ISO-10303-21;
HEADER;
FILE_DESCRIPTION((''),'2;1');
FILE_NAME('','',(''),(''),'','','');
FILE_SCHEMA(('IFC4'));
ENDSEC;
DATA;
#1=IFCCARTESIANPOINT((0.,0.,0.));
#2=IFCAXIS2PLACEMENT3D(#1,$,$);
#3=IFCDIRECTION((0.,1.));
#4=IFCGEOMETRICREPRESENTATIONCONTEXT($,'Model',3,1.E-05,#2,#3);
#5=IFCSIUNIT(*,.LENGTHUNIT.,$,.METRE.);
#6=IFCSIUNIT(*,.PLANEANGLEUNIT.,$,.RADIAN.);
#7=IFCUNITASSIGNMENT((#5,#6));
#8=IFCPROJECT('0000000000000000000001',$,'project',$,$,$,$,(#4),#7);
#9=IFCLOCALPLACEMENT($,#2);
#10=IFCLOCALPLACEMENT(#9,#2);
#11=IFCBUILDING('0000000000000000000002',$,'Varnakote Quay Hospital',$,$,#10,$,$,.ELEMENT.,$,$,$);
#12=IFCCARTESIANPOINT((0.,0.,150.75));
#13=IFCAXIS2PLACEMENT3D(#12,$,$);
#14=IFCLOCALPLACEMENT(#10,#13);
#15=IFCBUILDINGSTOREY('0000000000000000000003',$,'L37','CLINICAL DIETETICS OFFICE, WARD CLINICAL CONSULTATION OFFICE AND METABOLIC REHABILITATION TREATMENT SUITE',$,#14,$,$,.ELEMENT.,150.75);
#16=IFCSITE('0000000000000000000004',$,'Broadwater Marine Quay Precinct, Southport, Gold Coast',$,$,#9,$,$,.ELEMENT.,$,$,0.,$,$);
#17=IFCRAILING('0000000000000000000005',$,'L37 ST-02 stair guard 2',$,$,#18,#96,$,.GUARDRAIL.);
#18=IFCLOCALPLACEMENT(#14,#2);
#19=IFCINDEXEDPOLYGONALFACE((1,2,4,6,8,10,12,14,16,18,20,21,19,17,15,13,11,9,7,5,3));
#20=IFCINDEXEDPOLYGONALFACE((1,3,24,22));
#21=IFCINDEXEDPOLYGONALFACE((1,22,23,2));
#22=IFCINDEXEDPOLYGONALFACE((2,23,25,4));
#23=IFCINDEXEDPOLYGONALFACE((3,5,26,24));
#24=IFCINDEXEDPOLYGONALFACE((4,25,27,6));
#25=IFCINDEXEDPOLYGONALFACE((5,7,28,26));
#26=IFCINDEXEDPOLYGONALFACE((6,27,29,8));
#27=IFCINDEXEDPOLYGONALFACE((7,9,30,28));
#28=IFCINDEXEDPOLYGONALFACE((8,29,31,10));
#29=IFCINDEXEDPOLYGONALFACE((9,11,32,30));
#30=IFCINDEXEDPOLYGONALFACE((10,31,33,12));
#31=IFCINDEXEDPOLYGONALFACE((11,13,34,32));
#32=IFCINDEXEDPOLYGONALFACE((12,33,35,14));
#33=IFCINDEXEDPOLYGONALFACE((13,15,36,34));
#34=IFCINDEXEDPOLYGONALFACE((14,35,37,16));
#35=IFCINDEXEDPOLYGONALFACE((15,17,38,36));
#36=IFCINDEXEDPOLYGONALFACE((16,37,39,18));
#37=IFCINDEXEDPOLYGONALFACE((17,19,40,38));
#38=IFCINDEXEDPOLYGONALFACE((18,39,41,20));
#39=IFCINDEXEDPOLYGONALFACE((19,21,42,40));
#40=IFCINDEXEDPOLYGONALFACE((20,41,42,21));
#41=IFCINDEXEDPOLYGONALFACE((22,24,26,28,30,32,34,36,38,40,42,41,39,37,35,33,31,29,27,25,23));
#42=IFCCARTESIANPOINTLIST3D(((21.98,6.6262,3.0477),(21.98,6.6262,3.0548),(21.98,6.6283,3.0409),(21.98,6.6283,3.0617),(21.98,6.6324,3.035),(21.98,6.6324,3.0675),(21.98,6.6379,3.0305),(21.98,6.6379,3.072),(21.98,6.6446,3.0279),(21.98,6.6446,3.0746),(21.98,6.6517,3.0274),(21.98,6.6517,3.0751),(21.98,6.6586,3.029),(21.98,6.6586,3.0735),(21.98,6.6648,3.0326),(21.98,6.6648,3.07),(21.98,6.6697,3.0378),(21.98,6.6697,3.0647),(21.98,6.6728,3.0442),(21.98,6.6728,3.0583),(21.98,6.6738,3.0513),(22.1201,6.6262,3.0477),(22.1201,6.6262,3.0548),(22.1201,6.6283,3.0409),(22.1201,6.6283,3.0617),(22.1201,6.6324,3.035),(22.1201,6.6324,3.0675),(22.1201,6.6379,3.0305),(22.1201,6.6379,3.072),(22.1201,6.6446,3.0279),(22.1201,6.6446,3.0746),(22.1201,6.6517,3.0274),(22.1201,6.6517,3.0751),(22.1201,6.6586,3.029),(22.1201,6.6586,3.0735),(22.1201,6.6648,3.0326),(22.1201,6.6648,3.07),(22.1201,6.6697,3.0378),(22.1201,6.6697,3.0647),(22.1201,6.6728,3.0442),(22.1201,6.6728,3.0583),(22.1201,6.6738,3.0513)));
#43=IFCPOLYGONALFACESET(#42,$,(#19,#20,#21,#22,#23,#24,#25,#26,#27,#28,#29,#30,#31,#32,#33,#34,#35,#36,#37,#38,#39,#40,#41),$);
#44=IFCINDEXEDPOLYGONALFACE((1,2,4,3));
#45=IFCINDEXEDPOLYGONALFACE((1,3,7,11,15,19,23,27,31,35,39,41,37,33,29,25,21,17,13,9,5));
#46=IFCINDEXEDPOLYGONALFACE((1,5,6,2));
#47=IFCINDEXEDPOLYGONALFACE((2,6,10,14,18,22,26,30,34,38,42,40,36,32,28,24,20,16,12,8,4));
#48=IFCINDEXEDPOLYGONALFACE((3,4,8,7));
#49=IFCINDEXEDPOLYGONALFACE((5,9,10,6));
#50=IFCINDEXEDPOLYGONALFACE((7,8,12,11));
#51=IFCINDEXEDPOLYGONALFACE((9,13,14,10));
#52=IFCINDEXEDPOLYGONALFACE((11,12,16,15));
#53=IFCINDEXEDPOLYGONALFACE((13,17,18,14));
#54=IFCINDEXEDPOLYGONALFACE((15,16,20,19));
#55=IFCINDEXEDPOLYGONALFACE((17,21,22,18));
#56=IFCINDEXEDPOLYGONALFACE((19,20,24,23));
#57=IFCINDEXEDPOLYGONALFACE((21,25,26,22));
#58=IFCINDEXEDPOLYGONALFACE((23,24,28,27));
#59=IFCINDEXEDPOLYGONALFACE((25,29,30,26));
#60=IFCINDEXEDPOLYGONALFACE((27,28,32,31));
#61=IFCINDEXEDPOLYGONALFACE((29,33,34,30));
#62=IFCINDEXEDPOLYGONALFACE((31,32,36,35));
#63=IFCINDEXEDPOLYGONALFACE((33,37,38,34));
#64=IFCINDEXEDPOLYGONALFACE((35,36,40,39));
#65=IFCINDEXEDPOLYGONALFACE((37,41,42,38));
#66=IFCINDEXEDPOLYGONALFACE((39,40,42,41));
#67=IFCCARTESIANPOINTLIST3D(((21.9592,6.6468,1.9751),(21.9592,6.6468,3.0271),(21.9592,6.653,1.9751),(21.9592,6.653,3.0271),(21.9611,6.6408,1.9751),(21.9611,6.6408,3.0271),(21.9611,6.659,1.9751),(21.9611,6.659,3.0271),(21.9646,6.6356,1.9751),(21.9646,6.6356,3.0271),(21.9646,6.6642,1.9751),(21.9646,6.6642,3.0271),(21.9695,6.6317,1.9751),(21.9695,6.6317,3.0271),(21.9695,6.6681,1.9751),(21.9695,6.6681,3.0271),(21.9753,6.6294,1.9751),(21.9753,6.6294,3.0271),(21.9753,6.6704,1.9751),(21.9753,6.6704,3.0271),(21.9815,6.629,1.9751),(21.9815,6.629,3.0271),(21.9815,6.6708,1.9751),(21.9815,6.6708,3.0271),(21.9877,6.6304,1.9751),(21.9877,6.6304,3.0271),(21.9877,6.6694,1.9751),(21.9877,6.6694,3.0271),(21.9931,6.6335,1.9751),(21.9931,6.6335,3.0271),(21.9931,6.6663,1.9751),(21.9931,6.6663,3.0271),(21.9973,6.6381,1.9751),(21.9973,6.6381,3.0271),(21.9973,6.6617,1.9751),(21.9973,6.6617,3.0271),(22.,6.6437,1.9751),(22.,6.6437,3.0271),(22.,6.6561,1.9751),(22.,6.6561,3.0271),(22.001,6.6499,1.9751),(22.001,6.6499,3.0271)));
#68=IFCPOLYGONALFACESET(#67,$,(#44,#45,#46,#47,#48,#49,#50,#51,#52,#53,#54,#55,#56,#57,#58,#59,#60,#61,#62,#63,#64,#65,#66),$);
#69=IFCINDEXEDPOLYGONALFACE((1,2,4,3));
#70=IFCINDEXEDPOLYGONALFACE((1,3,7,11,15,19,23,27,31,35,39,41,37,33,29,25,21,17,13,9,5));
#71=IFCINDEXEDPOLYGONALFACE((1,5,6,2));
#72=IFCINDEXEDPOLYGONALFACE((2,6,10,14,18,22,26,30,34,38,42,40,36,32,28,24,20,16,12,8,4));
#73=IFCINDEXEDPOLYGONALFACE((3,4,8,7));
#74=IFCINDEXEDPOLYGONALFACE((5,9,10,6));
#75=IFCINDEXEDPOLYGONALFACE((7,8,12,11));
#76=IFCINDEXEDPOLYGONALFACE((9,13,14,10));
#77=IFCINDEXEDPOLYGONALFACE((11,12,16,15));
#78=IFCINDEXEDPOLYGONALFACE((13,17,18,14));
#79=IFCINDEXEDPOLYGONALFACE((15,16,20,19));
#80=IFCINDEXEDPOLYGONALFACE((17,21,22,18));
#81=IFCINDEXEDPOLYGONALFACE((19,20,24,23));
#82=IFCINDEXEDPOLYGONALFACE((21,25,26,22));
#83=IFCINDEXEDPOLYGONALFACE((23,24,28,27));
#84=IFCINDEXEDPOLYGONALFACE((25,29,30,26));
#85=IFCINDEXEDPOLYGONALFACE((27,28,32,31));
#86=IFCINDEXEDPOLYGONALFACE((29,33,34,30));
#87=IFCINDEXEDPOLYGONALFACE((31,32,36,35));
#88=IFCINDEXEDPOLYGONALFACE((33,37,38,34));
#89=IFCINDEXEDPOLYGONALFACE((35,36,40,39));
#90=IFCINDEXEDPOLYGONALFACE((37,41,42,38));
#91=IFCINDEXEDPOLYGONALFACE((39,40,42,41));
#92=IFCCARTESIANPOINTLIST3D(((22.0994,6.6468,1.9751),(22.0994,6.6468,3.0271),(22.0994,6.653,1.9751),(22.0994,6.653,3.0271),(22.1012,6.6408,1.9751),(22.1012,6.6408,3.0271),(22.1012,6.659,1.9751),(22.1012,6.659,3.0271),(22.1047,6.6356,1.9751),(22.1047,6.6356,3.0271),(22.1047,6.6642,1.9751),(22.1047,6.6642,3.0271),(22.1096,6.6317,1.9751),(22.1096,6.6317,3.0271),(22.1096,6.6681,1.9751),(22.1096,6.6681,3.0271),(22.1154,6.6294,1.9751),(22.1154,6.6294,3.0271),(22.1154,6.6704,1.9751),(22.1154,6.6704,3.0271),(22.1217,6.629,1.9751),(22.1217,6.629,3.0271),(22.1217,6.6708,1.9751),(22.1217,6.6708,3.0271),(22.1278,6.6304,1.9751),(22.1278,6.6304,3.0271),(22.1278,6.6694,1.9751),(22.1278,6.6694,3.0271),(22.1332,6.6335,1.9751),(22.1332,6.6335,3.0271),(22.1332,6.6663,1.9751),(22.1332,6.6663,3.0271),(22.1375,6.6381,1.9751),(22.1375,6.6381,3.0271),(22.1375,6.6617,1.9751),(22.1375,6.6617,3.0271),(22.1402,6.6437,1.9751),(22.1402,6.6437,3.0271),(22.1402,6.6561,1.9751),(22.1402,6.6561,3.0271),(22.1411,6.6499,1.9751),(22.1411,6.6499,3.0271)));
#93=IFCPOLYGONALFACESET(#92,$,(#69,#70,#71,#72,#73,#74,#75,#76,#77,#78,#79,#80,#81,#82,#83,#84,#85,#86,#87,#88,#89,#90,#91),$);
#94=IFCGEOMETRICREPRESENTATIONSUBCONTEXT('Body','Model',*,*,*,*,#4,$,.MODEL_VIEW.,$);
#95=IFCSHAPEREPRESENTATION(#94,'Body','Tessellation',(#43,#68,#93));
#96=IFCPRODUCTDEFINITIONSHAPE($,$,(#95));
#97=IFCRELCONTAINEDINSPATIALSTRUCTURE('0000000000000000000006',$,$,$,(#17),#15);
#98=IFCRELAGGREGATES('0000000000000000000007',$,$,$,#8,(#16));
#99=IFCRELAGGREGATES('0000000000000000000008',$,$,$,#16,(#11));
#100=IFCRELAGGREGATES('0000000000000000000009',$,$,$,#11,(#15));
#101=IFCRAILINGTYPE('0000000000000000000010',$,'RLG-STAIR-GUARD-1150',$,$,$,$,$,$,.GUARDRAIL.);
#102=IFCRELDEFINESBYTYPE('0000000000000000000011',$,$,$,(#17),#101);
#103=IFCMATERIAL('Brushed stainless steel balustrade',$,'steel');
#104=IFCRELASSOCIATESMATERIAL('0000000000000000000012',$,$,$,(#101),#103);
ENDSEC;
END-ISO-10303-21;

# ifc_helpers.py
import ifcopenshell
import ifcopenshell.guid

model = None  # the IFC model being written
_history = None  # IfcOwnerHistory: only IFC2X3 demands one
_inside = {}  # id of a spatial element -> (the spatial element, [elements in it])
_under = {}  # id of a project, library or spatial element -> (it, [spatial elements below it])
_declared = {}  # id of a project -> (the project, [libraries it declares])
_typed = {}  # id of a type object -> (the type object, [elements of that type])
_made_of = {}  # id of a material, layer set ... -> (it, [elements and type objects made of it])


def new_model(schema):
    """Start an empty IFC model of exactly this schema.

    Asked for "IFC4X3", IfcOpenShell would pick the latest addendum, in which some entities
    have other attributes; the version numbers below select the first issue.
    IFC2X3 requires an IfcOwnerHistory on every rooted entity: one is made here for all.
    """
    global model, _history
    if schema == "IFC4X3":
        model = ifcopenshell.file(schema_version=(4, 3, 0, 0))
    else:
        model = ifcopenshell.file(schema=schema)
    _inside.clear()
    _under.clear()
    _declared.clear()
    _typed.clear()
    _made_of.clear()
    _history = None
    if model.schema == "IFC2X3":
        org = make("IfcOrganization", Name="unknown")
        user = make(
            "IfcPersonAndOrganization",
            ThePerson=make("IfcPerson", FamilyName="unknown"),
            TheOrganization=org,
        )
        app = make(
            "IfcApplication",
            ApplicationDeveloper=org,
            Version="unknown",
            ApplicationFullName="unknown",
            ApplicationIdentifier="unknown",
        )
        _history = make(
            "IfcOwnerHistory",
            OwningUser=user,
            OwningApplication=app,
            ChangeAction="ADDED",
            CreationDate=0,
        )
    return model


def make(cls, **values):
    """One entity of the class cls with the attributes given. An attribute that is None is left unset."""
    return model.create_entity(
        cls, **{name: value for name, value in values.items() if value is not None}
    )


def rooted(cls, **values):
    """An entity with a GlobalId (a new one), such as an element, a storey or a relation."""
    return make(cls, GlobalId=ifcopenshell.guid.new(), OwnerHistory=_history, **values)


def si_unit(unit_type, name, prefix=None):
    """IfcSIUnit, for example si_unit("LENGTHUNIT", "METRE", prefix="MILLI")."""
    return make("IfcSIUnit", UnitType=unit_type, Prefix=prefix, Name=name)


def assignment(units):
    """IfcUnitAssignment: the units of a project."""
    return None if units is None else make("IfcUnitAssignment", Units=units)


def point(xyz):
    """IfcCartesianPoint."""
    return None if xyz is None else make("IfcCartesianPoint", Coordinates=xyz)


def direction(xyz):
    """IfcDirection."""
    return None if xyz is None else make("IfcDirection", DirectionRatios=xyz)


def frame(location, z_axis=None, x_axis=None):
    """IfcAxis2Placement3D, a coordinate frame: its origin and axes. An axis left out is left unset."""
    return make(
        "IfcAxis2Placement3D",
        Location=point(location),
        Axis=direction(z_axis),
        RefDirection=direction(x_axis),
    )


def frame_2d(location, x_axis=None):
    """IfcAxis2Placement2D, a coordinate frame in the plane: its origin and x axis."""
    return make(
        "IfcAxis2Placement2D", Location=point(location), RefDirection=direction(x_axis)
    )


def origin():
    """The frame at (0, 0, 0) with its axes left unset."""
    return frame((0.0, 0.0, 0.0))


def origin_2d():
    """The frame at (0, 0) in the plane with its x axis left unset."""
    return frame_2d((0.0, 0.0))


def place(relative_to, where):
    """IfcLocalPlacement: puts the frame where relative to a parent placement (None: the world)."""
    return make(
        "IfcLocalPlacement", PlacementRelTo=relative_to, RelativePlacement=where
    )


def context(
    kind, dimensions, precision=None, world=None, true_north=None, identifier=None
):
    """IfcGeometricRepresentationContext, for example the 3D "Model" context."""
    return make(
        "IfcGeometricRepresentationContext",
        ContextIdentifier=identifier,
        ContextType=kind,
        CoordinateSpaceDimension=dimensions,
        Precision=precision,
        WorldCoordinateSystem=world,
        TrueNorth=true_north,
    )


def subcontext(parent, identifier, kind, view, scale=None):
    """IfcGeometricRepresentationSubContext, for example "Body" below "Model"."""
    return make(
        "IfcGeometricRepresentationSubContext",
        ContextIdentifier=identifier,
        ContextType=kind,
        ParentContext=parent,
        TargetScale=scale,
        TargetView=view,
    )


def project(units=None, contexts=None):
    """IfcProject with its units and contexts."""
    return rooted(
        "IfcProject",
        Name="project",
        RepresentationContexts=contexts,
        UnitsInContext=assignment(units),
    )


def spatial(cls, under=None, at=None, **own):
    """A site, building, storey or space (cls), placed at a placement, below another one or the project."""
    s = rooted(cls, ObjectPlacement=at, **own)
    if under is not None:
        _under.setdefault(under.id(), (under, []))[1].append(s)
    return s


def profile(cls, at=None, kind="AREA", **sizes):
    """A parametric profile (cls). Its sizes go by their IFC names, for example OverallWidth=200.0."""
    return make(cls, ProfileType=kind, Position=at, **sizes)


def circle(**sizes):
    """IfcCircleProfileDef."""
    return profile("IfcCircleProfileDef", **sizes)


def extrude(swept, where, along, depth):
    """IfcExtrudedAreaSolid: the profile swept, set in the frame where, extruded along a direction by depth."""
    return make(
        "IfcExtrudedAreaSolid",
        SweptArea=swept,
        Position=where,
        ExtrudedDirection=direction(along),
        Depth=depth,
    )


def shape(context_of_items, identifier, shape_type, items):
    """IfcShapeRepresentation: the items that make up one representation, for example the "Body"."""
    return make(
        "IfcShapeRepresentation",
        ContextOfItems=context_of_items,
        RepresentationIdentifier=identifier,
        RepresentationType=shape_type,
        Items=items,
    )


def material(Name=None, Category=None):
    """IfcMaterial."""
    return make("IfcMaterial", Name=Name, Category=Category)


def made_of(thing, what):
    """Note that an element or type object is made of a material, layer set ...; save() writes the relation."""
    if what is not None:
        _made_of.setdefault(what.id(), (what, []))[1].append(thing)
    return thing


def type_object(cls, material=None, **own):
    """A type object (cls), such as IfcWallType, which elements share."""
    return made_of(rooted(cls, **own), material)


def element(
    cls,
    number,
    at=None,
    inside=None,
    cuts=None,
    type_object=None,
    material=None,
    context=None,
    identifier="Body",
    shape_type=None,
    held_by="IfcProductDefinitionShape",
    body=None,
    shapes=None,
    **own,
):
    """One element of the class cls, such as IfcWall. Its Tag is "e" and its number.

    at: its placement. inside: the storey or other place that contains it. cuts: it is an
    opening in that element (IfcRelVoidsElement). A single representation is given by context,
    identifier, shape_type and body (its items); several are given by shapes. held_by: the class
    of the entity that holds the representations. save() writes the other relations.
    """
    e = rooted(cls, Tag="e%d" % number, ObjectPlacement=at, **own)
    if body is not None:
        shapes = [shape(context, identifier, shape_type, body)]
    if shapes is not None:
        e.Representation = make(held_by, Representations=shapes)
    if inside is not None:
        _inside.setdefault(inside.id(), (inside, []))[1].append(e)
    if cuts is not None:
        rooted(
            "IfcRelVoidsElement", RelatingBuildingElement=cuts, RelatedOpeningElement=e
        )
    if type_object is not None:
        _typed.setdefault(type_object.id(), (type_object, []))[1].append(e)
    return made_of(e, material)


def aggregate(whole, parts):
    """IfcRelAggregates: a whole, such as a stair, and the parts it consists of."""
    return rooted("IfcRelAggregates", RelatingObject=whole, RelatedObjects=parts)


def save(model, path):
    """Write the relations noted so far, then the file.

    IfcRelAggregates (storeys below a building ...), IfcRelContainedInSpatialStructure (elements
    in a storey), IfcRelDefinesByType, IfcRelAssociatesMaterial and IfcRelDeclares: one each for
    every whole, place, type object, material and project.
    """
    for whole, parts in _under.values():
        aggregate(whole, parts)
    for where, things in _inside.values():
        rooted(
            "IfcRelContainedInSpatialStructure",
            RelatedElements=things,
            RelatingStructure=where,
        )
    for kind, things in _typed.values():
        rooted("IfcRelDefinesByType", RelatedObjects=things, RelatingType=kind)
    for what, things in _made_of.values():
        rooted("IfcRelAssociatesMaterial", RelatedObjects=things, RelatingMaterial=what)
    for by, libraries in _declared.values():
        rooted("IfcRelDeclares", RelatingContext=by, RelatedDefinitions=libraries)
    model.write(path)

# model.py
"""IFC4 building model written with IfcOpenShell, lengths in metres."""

from ifc_helpers import new_model, si_unit, direction, frame, origin, origin_2d, place, context, subcontext, project, spatial, circle, extrude, material, type_object, element, save


model = new_model("IFC4")

# Units and contexts
model_context = context("Model", 3, precision=1e-05, world=origin(), true_north=direction((0.0, 1.0)))
body_context = subcontext(model_context, "Body", "Model", "MODEL_VIEW")
ifc_project = project(units=[si_unit("LENGTHUNIT", "METRE"), si_unit("PLANEANGLEUNIT", "RADIAN")], contexts=[model_context])

# Site, building, storey
site_placement = place(None, origin())
site = spatial("IfcSite", under=ifc_project, at=site_placement, Name="Broadwater Marine Quay Precinct, Southport, Gold Coast", CompositionType="ELEMENT", RefElevation=0.0)
building_placement = place(site_placement, origin())
building = spatial("IfcBuilding", under=site, at=building_placement, Name="Varnakote Quay Hospital", CompositionType="ELEMENT")
storey_placement = place(building_placement, frame((0.0, 0.0, 150.75)))
storey = spatial("IfcBuildingStorey", under=building, at=storey_placement, Name="L37", Description="CLINICAL DIETETICS OFFICE, WARD CLINICAL CONSULTATION OFFICE AND METABOLIC REHABILITATION TREATMENT SUITE", CompositionType="ELEMENT", Elevation=150.75)

# Railing
ifc_material_1 = material(Name="Brushed stainless steel balustrade", Category="steel")
railing_type_1 = type_object("IfcRailingType", Name="RLG-STAIR-GUARD-1150", PredefinedType="GUARDRAIL", material=ifc_material_1)
railing_1_placement = place(storey_placement, frame((21.98, 6.6499, 1.9751)))
element("IfcRailing", 1, at=railing_1_placement, inside=storey, type_object=railing_type_1, Name="L37 ST-02 stair guard 2", PredefinedType="GUARDRAIL", context=body_context, shape_type="SweptSolid", body=[
    extrude(circle(Radius=0.0239, at=origin_2d()), frame((0.0, 0.0, 1.0762), z_axis=(1.0, 0.0, 0.0), x_axis=(0.0, 1.0, 0.0)), (0.0, 0.0, 1.0), 0.1401),
    extrude(circle(Radius=0.021, at=origin_2d()), origin(), (0.0, 0.0, 1.0), 1.052),
    extrude(circle(Radius=0.021, at=origin_2d()), frame((0.1401, 0.0, 0.0)), (0.0, 0.0, 1.0), 1.052),
])

save(model, "model.ifc")
